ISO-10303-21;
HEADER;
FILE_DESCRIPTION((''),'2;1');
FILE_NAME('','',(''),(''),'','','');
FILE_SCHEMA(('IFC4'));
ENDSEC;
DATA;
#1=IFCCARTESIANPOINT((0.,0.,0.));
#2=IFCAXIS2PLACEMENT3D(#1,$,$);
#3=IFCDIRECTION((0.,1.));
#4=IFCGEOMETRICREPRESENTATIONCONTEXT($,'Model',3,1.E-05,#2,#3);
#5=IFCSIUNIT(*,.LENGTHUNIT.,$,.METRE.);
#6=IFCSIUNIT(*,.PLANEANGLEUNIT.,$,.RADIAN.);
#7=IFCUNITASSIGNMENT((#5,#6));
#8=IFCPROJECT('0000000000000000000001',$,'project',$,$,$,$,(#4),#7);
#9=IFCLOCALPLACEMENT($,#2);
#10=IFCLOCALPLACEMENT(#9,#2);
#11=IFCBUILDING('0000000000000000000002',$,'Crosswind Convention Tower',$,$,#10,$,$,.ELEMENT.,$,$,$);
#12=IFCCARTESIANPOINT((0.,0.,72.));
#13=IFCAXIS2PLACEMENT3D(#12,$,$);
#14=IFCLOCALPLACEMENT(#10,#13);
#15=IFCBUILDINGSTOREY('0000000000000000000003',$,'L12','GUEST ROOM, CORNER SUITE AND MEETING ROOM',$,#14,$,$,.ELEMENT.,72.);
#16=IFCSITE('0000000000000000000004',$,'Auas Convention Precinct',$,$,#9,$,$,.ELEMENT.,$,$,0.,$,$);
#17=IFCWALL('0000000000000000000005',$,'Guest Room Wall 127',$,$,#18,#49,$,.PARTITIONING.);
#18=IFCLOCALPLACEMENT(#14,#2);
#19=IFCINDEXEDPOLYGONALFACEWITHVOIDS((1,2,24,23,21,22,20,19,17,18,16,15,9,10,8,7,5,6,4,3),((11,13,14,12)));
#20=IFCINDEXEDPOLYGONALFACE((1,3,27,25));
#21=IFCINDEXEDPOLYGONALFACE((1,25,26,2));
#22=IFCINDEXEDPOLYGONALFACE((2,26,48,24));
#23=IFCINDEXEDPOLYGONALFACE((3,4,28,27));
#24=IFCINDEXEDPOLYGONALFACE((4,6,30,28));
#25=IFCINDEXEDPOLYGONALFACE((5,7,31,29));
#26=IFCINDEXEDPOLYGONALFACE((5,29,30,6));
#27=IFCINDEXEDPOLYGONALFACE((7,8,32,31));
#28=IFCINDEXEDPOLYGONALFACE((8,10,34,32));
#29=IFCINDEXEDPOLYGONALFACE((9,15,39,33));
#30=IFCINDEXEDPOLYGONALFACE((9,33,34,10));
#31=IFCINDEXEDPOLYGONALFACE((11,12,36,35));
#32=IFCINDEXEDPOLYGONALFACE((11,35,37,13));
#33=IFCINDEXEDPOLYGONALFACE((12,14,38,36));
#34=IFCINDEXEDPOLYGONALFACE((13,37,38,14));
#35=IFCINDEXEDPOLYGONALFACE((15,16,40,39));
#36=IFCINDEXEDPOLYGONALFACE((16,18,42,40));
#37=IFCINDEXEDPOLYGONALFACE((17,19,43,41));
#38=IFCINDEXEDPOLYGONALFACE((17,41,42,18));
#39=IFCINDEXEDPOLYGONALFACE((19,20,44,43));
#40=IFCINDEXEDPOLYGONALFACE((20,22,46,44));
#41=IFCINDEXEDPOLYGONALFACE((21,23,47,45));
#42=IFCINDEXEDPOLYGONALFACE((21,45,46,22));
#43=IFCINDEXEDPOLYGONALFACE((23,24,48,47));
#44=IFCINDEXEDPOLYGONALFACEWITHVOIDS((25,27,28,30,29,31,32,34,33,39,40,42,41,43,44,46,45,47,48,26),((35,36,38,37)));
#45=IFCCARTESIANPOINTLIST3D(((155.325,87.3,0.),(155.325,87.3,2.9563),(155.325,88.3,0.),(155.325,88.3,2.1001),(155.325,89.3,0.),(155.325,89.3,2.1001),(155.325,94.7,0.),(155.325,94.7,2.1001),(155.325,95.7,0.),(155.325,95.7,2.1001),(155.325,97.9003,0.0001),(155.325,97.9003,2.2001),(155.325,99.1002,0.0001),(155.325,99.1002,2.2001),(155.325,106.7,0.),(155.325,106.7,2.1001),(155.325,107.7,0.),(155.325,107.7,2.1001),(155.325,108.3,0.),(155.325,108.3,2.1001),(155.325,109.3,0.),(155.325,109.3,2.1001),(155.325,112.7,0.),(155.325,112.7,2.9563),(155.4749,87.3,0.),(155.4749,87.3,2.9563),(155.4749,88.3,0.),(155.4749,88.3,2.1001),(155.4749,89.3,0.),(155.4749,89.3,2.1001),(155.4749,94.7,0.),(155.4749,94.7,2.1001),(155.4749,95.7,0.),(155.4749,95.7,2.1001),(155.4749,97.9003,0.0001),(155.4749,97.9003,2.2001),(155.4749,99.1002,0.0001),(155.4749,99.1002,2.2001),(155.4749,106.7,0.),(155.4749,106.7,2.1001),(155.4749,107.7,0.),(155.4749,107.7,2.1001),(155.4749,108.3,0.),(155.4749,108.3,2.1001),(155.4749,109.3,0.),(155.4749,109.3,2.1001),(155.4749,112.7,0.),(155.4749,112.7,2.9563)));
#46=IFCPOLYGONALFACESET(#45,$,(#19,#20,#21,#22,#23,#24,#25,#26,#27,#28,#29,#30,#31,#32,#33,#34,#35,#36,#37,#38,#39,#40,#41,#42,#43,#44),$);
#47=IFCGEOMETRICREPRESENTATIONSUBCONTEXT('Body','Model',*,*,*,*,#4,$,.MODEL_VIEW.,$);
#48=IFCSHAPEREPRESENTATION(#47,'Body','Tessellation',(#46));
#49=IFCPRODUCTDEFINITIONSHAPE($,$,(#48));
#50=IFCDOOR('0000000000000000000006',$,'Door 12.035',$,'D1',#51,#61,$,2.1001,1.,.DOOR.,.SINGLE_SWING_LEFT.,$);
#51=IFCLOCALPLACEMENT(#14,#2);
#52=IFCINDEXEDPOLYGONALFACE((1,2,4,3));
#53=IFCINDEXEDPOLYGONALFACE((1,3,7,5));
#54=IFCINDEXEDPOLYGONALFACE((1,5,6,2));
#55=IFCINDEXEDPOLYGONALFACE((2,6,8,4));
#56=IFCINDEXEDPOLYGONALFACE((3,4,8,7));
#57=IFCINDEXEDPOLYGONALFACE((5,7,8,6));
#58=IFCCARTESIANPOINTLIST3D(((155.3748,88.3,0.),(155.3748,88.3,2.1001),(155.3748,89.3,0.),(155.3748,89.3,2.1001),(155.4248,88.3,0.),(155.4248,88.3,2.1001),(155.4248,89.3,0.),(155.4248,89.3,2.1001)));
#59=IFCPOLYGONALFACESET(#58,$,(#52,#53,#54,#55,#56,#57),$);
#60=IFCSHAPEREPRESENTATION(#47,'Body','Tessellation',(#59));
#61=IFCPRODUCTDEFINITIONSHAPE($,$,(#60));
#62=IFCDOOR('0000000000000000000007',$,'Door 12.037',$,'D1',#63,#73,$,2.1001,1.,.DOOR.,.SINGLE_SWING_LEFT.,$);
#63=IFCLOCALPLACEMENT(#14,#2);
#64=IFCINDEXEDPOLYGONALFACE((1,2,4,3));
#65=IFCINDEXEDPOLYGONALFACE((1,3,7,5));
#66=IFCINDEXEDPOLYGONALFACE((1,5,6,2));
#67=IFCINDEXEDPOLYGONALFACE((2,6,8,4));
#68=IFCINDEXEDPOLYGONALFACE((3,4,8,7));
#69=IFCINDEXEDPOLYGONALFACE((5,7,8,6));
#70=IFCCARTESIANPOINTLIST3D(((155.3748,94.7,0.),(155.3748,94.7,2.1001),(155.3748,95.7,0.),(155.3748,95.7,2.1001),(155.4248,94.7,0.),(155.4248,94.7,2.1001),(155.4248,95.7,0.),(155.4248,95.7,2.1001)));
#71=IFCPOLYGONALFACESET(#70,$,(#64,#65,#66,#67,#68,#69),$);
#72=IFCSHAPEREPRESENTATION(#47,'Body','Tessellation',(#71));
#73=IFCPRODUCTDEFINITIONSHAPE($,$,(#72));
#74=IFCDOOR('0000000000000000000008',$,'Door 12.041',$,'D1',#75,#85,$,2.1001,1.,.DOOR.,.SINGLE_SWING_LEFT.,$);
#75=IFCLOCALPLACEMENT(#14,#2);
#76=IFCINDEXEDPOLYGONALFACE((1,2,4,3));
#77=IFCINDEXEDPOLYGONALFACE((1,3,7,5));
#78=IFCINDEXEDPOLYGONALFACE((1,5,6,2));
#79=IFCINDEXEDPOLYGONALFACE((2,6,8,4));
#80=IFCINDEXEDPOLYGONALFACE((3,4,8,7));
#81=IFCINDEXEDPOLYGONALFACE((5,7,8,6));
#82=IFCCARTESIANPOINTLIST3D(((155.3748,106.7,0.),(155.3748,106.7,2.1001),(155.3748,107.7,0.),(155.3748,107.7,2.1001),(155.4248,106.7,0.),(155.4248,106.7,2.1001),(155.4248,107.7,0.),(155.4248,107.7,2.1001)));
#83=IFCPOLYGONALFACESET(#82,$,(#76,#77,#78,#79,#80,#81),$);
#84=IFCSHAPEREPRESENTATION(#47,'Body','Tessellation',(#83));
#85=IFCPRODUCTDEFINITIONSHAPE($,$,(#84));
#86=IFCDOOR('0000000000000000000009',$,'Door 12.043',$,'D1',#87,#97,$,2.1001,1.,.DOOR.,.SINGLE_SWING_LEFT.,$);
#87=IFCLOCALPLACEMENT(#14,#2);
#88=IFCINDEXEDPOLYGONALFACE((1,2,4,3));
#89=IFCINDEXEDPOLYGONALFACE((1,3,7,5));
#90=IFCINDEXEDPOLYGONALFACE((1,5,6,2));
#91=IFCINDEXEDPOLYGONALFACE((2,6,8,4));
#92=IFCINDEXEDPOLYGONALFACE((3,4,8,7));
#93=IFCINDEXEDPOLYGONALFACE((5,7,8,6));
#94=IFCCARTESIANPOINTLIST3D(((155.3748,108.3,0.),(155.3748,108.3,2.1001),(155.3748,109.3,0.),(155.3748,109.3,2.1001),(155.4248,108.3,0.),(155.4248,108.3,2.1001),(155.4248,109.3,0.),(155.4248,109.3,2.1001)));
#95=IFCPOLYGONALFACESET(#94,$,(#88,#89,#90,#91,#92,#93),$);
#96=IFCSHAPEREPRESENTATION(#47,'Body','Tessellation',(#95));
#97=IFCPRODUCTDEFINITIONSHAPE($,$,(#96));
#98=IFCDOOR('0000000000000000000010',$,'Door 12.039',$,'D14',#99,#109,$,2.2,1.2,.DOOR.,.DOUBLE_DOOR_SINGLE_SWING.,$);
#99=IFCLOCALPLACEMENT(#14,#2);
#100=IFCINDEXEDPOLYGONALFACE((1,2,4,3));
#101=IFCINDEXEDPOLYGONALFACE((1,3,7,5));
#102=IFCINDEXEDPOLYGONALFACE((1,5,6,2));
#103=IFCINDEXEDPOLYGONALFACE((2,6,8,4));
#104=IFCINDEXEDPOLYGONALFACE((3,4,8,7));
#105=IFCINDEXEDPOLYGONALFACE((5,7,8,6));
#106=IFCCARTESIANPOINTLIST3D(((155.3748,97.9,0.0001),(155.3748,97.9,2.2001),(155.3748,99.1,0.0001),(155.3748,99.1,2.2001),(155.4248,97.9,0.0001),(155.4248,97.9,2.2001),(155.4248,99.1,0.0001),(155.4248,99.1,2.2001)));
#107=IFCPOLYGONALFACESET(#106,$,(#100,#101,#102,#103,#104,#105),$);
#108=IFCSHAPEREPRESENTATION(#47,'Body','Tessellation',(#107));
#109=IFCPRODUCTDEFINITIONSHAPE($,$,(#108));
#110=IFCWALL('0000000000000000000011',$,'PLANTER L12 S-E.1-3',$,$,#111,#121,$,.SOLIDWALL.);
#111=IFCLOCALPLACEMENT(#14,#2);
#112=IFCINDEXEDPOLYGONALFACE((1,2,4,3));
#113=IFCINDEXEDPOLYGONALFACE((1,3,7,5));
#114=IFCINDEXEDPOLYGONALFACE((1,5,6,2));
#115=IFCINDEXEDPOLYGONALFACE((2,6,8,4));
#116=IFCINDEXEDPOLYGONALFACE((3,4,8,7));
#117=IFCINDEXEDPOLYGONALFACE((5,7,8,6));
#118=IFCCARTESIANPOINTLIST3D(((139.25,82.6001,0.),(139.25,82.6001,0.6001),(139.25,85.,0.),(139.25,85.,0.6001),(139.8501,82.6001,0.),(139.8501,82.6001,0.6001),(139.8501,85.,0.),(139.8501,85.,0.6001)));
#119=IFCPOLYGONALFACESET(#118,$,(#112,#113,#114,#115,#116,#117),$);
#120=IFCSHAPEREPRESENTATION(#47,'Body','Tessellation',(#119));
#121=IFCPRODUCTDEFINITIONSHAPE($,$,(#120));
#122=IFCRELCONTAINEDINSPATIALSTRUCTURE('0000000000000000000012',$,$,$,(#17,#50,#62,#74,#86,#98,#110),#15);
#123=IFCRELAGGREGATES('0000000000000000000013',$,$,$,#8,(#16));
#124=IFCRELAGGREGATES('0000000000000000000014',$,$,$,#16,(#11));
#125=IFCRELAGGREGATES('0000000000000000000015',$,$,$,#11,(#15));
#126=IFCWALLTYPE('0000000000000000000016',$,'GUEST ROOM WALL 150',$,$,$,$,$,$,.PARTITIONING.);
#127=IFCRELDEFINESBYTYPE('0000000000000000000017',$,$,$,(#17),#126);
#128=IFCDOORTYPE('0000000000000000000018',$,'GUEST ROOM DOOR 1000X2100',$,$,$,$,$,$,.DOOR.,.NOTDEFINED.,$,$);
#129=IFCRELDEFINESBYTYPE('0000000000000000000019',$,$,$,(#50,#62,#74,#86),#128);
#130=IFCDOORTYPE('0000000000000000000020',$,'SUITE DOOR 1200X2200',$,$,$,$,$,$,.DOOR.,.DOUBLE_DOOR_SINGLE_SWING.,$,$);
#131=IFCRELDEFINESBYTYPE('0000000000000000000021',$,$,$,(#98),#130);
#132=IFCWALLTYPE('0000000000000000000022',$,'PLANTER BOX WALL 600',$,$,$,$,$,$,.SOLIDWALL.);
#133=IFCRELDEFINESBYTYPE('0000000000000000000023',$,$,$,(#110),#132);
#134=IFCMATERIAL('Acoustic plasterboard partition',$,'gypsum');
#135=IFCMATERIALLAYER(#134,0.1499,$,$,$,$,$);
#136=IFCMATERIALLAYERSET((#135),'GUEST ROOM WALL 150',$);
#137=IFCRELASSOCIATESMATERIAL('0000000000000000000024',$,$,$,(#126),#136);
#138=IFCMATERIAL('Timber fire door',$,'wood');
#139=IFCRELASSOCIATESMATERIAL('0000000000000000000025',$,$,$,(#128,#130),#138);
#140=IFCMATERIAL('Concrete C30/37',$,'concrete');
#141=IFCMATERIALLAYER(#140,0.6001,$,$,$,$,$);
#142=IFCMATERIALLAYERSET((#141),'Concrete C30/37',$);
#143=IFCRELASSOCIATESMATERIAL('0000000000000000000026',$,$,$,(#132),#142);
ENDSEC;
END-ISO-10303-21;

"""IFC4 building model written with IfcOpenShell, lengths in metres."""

from ifc_helpers import new_model, si_unit, direction, frame, frame_2d, origin, place, context, subcontext, project, spatial, rectangle, extrude, material, layer, layer_set, type_object, element, fill, save


model = new_model("IFC4")

# Units and contexts
model_context = context("Model", 3, precision=1e-05, world=origin(), true_north=direction((0.0, 1.0)))
body_context = subcontext(model_context, "Body", "Model", "MODEL_VIEW")
ifc_project = project(units=[si_unit("LENGTHUNIT", "METRE"), si_unit("PLANEANGLEUNIT", "RADIAN")], contexts=[model_context])

# Site, building, storey
site_placement = place(None, origin())
site = spatial("IfcSite", under=ifc_project, at=site_placement, Name="Auas Convention Precinct", CompositionType="ELEMENT", RefElevation=0.0)
building_placement = place(site_placement, origin())
building = spatial("IfcBuilding", under=site, at=building_placement, Name="Crosswind Convention Tower", CompositionType="ELEMENT")
storey_placement = place(building_placement, frame((0.0, 0.0, 72.0)))
storey = spatial("IfcBuildingStorey", under=building, at=storey_placement, Name="L12", Description="GUEST ROOM, CORNER SUITE AND MEETING ROOM", CompositionType="ELEMENT", Elevation=72.0)

# Wall, openings, doors
ifc_material_1 = material(Name="Acoustic plasterboard partition", Category="gypsum")
ifc_layer_1 = layer(ifc_material_1, 0.1499)
ifc_layer_set_1 = layer_set([ifc_layer_1], Name="GUEST ROOM WALL 150")
wall_type_1 = type_object("IfcWallType", Name="GUEST ROOM WALL 150", PredefinedType="PARTITIONING", material=ifc_layer_set_1)
wall_1_placement = place(storey_placement, frame((155.3999, 87.3, 0.0), z_axis=(0.0, 0.0, 1.0), x_axis=(0.0, 1.0, 0.0)))
wall_1 = element("IfcWall", 1, at=wall_1_placement, inside=storey, type_object=wall_type_1, Name="Guest Room Wall 127", PredefinedType="PARTITIONING", context=body_context, shape_type="SweptSolid", body=[
    extrude(rectangle(XDim=25.3999, YDim=0.1499, at=frame_2d((12.7, 0.0))), origin(), (0.0, 0.0, 1.0), 2.9563),
])
opening_1_placement = place(wall_1_placement, frame((1.0, 0.0, 0.0)))
opening_1 = element("IfcOpeningElement", 2, at=opening_1_placement, cuts=wall_1, PredefinedType="OPENING", context=body_context, shape_type="SweptSolid", body=[
    extrude(rectangle(XDim=1.0, YDim=2.1001, at=frame_2d((0.5, 1.05))), frame((0.0, 0.085, 0.0), z_axis=(0.0, -1.0, 0.0), x_axis=(1.0, 0.0, 0.0)), (0.0, 0.0, 1.0), 0.1699),
])
opening_2_placement = place(wall_1_placement, frame((7.3999, 0.0, 0.0)))
opening_2 = element("IfcOpeningElement", 3, at=opening_2_placement, cuts=wall_1, PredefinedType="OPENING", context=body_context, shape_type="SweptSolid", body=[
    extrude(rectangle(XDim=1.0, YDim=2.1001, at=frame_2d((0.5, 1.05))), frame((0.0, 0.085, 0.0), z_axis=(0.0, -1.0, 0.0), x_axis=(1.0, 0.0, 0.0)), (0.0, 0.0, 1.0), 0.1699),
])
opening_3_placement = place(wall_1_placement, frame((10.6001, 0.0, 0.0)))
opening_3 = element("IfcOpeningElement", 4, at=opening_3_placement, cuts=wall_1, PredefinedType="OPENING", context=body_context, shape_type="SweptSolid", body=[
    extrude(rectangle(XDim=1.2, YDim=2.2, at=frame_2d((0.6001, 1.1001))), frame((0.0, 0.085, 0.0), z_axis=(0.0, -1.0, 0.0), x_axis=(1.0, 0.0, 0.0)), (0.0, 0.0, 1.0), 0.1699),
])
opening_4_placement = place(wall_1_placement, frame((19.3999, 0.0, 0.0)))
opening_4 = element("IfcOpeningElement", 5, at=opening_4_placement, cuts=wall_1, PredefinedType="OPENING", context=body_context, shape_type="SweptSolid", body=[
    extrude(rectangle(XDim=1.0, YDim=2.1001, at=frame_2d((0.5, 1.05))), frame((0.0, 0.085, 0.0), z_axis=(0.0, -1.0, 0.0), x_axis=(1.0, 0.0, 0.0)), (0.0, 0.0, 1.0), 0.1699),
])
opening_5_placement = place(wall_1_placement, frame((21.0, 0.0, 0.0)))
opening_5 = element("IfcOpeningElement", 6, at=opening_5_placement, cuts=wall_1, PredefinedType="OPENING", context=body_context, shape_type="SweptSolid", body=[
    extrude(rectangle(XDim=1.0, YDim=2.1001, at=frame_2d((0.5, 1.05))), frame((0.0, 0.085, 0.0), z_axis=(0.0, -1.0, 0.0), x_axis=(1.0, 0.0, 0.0)), (0.0, 0.0, 1.0), 0.1699),
])
ifc_material_2 = material(Name="Timber fire door", Category="wood")
door_type_1 = type_object("IfcDoorType", Name="GUEST ROOM DOOR 1000X2100", OperationType="NOTDEFINED", PredefinedType="DOOR", material=ifc_material_2)
door_1_placement = place(opening_1_placement, frame((1.0, 0.0, 0.0), z_axis=(0.0, 0.0, 1.0), x_axis=(-1.0, 0.0, 0.0)))
door_1 = element("IfcDoor", 7, at=door_1_placement, inside=storey, type_object=door_type_1, Name="Door 12.035", ObjectType="D1", OperationType="SINGLE_SWING_LEFT", OverallHeight=2.1001, OverallWidth=1.0, PredefinedType="DOOR", context=body_context, shape_type="SweptSolid", body=[
    extrude(rectangle(XDim=1.0, YDim=2.1001, at=frame_2d((0.5, 1.05))), frame((0.0, 0.0249, 0.0), z_axis=(0.0, -1.0, 0.0), x_axis=(1.0, 0.0, 0.0)), (0.0, 0.0, 1.0), 0.05),
])
fill(opening_1, door_1)
door_2_placement = place(opening_2_placement, frame((1.0, 0.0, 0.0), z_axis=(0.0, 0.0, 1.0), x_axis=(-1.0, 0.0, 0.0)))
door_2 = element("IfcDoor", 8, at=door_2_placement, inside=storey, type_object=door_type_1, Name="Door 12.037", ObjectType="D1", OperationType="SINGLE_SWING_LEFT", OverallHeight=2.1001, OverallWidth=1.0, PredefinedType="DOOR", context=body_context, shape_type="SweptSolid", body=[
    extrude(rectangle(XDim=1.0, YDim=2.1001, at=frame_2d((0.5, 1.05))), frame((0.0, 0.0249, 0.0), z_axis=(0.0, -1.0, 0.0), x_axis=(1.0, 0.0, 0.0)), (0.0, 0.0, 1.0), 0.05),
])
fill(opening_2, door_2)
door_3_placement = place(opening_4_placement, frame((1.0, 0.0, 0.0), z_axis=(0.0, 0.0, 1.0), x_axis=(-1.0, 0.0, 0.0)))
door_3 = element("IfcDoor", 9, at=door_3_placement, inside=storey, type_object=door_type_1, Name="Door 12.041", ObjectType="D1", OperationType="SINGLE_SWING_LEFT", OverallHeight=2.1001, OverallWidth=1.0, PredefinedType="DOOR", context=body_context, shape_type="SweptSolid", body=[
    extrude(rectangle(XDim=1.0, YDim=2.1001, at=frame_2d((0.5, 1.05))), frame((0.0, 0.0249, 0.0), z_axis=(0.0, -1.0, 0.0), x_axis=(1.0, 0.0, 0.0)), (0.0, 0.0, 1.0), 0.05),
])
fill(opening_4, door_3)
door_4_placement = place(opening_5_placement, frame((1.0, 0.0, 0.0), z_axis=(0.0, 0.0, 1.0), x_axis=(-1.0, 0.0, 0.0)))
door_4 = element("IfcDoor", 10, at=door_4_placement, inside=storey, type_object=door_type_1, Name="Door 12.043", ObjectType="D1", OperationType="SINGLE_SWING_LEFT", OverallHeight=2.1001, OverallWidth=1.0, PredefinedType="DOOR", context=body_context, shape_type="SweptSolid", body=[
    extrude(rectangle(XDim=1.0, YDim=2.1001, at=frame_2d((0.5, 1.05))), frame((0.0, 0.0249, 0.0), z_axis=(0.0, -1.0, 0.0), x_axis=(1.0, 0.0, 0.0)), (0.0, 0.0, 1.0), 0.05),
])
fill(opening_5, door_4)
door_type_2 = type_object("IfcDoorType", Name="SUITE DOOR 1200X2200", OperationType="DOUBLE_DOOR_SINGLE_SWING", PredefinedType="DOOR", material=ifc_material_2)
door_5_placement = place(opening_3_placement, frame((1.2, 0.0, 0.0), z_axis=(0.0, 0.0, 1.0), x_axis=(-1.0, 0.0, 0.0)))
door_5 = element("IfcDoor", 11, at=door_5_placement, inside=storey, type_object=door_type_2, Name="Door 12.039", ObjectType="D14", OperationType="DOUBLE_DOOR_SINGLE_SWING", OverallHeight=2.2, OverallWidth=1.2, PredefinedType="DOOR", context=body_context, shape_type="SweptSolid", body=[
    extrude(rectangle(XDim=1.2, YDim=2.2, at=frame_2d((0.6001, 1.1001))), frame((0.0, 0.0249, 0.0), z_axis=(0.0, -1.0, 0.0), x_axis=(1.0, 0.0, 0.0)), (0.0, 0.0, 1.0), 0.05),
])
fill(opening_3, door_5)

# Wall
ifc_material_3 = material(Name="Concrete C30/37", Category="concrete")
ifc_layer_2 = layer(ifc_material_3, 0.6001)
ifc_layer_set_2 = layer_set([ifc_layer_2], Name="Concrete C30/37")
wall_type_2 = type_object("IfcWallType", Name="PLANTER BOX WALL 600", PredefinedType="SOLIDWALL", material=ifc_layer_set_2)
wall_2_placement = place(storey_placement, frame((139.55, 82.6001, 0.0), z_axis=(0.0, 0.0, 1.0), x_axis=(0.0, 1.0, 0.0)))
element("IfcWall", 12, at=wall_2_placement, inside=storey, type_object=wall_type_2, Name="PLANTER L12 S-E.1-3", PredefinedType="SOLIDWALL", context=body_context, shape_type="SweptSolid", body=[
    extrude(rectangle(XDim=2.3999, YDim=0.6001, at=frame_2d((1.2, 0.0))), origin(), (0.0, 0.0, 1.0), 0.6001),
])

save(model, "model.ifc")
